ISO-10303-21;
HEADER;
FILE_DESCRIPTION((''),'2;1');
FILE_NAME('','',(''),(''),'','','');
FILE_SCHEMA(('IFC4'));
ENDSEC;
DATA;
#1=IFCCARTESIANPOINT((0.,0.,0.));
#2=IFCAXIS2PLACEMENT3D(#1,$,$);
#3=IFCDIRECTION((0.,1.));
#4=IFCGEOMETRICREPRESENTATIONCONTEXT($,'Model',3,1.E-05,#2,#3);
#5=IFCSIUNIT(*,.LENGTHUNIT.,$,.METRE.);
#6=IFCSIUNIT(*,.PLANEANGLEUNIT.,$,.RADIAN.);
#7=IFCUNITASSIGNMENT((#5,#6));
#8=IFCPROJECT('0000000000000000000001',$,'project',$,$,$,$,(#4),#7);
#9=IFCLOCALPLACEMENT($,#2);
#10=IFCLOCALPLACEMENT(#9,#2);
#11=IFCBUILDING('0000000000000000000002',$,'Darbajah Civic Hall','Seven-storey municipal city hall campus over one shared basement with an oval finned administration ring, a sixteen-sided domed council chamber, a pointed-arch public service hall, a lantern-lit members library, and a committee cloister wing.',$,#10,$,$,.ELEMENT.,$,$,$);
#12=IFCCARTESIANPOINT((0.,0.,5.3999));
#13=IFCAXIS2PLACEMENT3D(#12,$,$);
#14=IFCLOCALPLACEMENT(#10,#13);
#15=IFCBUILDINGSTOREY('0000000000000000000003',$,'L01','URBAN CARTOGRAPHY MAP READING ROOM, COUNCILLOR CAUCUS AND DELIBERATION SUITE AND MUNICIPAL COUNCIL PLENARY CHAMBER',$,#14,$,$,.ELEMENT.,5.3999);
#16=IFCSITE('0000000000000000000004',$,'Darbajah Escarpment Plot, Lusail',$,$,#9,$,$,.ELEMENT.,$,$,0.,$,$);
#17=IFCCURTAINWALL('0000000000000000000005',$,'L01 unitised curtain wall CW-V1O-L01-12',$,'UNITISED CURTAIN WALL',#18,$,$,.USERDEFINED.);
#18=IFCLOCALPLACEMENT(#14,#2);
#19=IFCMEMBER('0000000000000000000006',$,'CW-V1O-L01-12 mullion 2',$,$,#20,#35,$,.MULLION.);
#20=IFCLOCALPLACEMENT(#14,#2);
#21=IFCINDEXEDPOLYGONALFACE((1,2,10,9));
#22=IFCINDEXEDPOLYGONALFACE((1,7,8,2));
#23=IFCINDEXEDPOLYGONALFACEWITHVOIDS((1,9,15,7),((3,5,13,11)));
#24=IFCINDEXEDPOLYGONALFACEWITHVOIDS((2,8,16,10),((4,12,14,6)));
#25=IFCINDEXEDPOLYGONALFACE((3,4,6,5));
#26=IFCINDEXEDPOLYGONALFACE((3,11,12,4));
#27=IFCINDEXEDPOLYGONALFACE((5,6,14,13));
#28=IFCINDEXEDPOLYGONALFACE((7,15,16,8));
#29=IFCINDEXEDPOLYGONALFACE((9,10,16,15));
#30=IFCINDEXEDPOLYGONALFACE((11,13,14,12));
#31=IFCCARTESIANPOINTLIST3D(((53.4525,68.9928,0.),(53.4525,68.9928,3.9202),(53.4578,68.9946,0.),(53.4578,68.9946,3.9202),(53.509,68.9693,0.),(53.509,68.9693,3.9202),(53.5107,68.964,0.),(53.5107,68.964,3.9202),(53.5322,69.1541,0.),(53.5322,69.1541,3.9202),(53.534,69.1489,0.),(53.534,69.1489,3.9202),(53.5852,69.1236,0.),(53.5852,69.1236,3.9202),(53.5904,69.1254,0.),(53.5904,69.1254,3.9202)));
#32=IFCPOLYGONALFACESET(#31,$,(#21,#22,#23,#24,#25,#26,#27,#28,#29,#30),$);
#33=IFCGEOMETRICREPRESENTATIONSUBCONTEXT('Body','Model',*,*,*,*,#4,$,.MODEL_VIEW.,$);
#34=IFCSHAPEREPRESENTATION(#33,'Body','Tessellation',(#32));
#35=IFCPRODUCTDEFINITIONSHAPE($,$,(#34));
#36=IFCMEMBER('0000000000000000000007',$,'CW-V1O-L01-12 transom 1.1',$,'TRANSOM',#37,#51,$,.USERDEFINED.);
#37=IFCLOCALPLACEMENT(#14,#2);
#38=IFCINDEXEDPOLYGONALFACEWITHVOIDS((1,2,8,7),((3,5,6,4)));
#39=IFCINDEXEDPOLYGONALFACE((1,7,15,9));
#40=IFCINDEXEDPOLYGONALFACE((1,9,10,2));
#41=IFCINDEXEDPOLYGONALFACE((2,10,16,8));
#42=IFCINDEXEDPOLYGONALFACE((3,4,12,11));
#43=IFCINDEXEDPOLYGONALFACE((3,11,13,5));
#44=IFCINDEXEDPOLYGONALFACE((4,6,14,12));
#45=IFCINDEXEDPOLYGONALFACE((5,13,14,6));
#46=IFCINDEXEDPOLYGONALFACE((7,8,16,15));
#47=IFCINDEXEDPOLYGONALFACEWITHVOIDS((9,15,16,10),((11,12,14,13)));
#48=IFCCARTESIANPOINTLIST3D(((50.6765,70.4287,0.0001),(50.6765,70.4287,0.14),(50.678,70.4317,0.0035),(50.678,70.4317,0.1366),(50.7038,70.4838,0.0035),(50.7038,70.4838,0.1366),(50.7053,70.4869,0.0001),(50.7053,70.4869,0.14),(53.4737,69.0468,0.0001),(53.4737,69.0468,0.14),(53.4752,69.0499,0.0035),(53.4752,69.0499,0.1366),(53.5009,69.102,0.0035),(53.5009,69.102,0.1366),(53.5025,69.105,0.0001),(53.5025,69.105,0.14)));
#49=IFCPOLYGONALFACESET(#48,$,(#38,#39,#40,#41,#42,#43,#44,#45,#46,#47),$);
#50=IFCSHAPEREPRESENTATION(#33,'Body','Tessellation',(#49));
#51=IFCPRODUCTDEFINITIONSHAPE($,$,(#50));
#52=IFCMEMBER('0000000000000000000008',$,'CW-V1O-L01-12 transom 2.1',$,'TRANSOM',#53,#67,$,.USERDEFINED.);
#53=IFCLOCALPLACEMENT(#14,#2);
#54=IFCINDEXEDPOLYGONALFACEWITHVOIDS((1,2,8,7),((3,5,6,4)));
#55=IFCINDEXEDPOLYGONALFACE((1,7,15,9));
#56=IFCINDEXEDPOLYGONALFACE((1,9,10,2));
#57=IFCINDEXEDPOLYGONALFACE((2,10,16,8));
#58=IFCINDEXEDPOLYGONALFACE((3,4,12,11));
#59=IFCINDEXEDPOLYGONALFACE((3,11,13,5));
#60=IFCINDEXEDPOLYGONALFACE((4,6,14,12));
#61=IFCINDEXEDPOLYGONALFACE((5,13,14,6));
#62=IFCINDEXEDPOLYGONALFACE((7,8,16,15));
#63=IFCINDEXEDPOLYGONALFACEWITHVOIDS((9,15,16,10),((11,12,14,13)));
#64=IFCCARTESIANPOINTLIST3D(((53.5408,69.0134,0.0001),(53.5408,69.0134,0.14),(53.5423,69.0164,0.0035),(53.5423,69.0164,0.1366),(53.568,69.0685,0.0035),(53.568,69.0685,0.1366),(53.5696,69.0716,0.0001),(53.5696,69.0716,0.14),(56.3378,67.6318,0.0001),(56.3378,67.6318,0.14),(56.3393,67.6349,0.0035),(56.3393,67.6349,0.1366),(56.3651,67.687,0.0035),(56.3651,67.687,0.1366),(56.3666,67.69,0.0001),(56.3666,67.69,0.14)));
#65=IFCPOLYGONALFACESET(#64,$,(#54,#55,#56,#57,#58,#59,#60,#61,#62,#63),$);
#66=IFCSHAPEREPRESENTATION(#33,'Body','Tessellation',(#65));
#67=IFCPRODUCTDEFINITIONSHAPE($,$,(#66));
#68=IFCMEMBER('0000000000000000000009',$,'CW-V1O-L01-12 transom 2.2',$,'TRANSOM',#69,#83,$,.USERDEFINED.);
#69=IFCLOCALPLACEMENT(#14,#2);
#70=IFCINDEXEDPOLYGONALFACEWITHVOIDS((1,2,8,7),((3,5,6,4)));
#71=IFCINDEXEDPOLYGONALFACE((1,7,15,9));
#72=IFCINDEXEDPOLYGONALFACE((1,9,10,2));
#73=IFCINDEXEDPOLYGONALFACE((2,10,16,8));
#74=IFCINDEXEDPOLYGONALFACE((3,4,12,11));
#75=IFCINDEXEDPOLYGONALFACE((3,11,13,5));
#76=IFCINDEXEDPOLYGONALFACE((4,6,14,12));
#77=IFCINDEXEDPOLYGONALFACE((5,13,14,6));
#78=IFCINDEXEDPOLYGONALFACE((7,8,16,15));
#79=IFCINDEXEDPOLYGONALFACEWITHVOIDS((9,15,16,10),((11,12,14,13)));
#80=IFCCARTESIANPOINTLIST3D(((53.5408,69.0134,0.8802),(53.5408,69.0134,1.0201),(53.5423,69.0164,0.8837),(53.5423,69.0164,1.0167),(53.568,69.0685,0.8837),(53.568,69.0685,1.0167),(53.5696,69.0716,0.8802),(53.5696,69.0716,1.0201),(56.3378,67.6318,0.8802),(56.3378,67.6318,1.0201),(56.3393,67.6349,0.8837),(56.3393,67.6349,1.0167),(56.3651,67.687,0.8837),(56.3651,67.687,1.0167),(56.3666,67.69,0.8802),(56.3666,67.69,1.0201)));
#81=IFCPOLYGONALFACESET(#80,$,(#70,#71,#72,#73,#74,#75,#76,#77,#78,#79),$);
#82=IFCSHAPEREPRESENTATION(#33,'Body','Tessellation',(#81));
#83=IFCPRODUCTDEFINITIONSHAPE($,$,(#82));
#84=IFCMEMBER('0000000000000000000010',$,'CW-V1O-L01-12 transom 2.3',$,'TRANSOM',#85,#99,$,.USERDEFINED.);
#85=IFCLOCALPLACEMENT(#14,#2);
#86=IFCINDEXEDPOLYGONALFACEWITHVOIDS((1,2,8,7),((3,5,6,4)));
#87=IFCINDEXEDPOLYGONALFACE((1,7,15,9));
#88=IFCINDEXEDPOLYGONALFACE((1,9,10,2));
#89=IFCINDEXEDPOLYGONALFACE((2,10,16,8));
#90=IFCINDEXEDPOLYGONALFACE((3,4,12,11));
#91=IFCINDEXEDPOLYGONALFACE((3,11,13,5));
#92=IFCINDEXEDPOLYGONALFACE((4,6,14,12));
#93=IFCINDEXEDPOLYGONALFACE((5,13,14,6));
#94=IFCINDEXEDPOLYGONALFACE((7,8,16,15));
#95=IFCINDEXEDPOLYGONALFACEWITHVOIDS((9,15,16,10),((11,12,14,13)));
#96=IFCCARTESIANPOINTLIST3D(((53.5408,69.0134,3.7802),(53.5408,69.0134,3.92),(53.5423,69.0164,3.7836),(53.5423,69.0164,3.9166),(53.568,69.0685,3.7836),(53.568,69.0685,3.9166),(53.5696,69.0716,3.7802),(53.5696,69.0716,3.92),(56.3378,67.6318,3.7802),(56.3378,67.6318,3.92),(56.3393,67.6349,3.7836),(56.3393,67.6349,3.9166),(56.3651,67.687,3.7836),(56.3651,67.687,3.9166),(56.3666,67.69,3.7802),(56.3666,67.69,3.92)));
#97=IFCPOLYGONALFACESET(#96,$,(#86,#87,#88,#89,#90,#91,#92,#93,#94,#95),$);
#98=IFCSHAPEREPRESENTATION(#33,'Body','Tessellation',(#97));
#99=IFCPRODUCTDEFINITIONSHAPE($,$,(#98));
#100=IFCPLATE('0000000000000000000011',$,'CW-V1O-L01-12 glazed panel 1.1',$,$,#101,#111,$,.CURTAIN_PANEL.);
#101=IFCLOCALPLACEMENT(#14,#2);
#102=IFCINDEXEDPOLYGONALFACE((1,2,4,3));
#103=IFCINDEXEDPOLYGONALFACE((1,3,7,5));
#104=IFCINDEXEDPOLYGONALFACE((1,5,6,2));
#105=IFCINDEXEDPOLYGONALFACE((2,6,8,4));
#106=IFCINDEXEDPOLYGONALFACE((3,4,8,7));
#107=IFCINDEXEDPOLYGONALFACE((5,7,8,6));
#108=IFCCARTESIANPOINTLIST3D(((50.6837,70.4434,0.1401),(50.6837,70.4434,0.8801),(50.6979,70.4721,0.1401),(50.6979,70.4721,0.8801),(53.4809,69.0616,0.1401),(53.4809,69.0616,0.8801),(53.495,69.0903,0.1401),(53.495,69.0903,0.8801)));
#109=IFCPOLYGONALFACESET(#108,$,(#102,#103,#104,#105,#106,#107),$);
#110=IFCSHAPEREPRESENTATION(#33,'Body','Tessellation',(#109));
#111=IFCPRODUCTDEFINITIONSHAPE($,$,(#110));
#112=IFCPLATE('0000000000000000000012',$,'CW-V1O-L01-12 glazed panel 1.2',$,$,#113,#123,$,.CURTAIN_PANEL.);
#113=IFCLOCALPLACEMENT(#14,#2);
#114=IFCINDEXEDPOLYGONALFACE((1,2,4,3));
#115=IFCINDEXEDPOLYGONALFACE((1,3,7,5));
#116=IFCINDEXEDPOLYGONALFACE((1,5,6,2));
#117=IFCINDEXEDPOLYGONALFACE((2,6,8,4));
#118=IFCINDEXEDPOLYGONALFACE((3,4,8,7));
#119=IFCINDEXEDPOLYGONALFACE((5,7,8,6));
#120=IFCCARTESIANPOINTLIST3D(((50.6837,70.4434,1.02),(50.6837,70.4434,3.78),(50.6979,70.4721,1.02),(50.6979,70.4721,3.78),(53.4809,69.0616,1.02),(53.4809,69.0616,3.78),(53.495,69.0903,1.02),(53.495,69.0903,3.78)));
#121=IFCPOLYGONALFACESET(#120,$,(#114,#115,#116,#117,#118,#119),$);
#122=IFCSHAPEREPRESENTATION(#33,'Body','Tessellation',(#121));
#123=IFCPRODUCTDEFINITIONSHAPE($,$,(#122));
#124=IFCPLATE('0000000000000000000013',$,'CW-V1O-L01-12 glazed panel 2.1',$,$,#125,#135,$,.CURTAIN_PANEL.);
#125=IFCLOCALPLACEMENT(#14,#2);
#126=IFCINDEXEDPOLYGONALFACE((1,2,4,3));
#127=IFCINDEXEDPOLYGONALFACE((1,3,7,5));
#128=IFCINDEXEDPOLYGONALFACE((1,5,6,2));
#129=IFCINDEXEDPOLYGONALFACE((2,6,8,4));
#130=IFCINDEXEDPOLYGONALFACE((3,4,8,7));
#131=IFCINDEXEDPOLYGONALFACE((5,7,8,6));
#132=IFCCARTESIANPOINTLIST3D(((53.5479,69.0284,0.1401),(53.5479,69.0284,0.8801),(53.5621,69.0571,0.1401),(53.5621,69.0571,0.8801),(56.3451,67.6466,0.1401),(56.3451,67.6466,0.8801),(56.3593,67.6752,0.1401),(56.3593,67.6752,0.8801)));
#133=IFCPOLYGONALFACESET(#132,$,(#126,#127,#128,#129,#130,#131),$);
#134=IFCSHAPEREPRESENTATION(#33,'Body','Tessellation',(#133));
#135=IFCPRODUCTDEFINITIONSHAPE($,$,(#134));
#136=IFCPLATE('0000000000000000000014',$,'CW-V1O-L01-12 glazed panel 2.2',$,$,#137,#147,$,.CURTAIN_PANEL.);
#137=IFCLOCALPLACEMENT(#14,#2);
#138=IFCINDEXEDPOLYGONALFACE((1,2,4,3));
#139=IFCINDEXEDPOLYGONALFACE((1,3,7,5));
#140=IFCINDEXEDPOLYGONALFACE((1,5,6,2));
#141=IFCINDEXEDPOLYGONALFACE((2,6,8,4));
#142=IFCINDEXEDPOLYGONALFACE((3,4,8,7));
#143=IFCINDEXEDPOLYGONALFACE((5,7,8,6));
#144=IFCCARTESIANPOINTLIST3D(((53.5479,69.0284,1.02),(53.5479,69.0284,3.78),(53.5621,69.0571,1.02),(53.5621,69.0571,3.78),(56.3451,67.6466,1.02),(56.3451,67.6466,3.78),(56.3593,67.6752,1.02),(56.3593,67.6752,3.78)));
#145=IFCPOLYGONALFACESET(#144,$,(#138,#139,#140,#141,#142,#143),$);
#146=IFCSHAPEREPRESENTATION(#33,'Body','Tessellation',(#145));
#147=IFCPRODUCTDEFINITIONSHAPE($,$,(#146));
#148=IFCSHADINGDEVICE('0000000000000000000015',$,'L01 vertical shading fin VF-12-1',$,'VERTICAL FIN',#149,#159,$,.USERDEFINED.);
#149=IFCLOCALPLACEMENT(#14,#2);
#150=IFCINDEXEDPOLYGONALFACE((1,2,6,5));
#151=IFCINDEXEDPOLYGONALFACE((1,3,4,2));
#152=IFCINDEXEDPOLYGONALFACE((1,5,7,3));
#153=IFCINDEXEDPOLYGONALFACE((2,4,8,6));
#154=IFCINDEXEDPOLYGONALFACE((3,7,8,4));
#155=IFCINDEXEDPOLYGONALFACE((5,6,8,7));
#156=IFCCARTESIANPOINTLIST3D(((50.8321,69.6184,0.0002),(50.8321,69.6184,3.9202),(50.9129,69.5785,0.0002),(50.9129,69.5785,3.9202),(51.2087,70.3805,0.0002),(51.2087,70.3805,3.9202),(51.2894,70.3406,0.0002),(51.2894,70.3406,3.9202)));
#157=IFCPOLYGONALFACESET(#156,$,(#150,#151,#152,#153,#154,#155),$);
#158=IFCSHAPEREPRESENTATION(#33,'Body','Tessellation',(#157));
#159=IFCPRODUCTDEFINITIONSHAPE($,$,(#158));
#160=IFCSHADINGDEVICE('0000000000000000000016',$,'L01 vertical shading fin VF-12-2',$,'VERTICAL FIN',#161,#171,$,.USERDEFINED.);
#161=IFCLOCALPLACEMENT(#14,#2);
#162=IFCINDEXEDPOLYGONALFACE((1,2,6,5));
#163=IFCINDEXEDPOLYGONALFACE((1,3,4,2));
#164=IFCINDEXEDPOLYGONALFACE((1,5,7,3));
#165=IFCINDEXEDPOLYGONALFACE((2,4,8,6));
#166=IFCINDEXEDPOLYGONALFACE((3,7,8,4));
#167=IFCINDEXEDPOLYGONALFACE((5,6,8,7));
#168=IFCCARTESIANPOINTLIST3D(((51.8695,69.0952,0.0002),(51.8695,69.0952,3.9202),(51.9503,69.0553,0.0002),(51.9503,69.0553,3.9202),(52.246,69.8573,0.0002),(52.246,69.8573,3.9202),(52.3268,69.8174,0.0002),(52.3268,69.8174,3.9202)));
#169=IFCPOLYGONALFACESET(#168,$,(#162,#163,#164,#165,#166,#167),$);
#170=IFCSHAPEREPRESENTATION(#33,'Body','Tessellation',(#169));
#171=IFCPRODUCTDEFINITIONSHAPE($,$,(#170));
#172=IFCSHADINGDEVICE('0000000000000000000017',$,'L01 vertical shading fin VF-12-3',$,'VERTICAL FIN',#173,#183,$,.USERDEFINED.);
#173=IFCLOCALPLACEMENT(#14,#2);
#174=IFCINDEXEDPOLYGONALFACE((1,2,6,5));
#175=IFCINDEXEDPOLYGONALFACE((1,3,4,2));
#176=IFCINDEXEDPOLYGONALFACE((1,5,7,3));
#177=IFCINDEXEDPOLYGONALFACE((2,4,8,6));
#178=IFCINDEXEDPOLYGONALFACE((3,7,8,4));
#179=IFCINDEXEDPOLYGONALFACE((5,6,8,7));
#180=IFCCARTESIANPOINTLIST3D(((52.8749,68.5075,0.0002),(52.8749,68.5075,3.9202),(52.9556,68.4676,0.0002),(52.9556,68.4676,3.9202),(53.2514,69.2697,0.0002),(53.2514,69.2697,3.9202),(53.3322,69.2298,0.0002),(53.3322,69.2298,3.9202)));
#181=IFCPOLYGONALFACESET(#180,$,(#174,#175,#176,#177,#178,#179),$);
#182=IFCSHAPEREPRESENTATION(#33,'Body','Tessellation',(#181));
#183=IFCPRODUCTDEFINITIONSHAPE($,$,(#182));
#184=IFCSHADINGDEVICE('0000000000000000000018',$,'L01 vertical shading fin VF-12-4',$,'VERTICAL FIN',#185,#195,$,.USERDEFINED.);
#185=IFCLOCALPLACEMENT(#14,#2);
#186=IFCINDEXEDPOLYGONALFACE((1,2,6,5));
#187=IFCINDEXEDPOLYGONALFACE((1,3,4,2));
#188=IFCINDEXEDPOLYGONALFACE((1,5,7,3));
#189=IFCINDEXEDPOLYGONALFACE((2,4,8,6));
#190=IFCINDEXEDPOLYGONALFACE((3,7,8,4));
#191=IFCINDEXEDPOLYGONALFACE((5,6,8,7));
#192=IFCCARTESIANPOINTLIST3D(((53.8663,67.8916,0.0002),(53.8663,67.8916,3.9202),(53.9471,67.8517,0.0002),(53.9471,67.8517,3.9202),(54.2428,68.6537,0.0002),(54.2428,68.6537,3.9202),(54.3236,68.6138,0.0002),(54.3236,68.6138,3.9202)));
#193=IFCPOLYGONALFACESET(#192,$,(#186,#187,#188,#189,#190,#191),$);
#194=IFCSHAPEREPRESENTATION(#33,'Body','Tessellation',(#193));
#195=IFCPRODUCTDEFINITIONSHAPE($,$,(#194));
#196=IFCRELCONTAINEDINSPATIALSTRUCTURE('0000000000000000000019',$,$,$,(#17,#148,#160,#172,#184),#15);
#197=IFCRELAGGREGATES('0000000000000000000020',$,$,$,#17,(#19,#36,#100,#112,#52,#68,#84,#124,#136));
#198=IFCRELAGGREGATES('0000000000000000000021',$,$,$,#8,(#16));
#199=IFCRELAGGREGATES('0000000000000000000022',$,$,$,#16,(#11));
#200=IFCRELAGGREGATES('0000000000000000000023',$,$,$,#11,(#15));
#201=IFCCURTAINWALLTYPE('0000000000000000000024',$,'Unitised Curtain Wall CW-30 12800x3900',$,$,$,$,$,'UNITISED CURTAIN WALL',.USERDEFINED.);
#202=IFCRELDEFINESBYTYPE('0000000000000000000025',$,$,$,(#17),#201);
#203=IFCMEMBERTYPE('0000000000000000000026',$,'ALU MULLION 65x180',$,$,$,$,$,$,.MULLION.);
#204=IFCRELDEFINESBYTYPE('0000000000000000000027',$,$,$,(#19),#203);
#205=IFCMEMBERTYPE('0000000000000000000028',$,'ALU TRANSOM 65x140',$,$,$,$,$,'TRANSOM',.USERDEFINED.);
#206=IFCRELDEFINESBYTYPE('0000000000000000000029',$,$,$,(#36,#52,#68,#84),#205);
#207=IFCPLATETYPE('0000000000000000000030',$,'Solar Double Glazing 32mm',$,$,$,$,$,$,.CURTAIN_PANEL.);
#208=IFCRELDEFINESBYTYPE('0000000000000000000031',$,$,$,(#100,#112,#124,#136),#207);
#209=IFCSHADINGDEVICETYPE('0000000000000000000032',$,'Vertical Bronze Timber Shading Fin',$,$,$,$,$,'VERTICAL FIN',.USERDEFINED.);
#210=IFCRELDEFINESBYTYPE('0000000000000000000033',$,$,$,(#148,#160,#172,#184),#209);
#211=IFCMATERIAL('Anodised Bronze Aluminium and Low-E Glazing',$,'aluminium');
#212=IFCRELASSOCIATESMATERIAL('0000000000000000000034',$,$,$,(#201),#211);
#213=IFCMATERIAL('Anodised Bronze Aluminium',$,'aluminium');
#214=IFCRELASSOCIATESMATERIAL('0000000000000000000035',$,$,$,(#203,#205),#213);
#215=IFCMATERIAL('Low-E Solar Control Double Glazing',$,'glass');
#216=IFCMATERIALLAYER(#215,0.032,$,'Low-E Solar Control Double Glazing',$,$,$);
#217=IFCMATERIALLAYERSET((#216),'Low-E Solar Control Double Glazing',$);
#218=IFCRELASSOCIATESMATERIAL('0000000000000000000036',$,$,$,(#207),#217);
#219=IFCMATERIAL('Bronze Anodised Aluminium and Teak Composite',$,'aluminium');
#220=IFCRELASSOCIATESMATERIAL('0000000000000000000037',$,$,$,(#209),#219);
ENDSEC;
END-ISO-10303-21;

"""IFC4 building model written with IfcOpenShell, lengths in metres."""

from ifc_helpers import new_model, si_unit, direction, frame, origin, origin_2d, place, context, subcontext, project, spatial, rectangle, hollow_rectangle, extrude, material, layer, layer_set, material_profile, profile_set, type_object, element, aggregate, save


model = new_model("IFC4")

# Units and contexts
model_context = context("Model", 3, precision=1e-05, world=origin(), true_north=direction((0.0, 1.0)))
body_context = subcontext(model_context, "Body", "Model", "MODEL_VIEW")
ifc_project = project(units=[si_unit("LENGTHUNIT", "METRE"), si_unit("PLANEANGLEUNIT", "RADIAN")], contexts=[model_context])

# Site, building, storey
site_placement = place(None, origin())
site = spatial("IfcSite", under=ifc_project, at=site_placement, Name="Darbajah Escarpment Plot, Lusail", CompositionType="ELEMENT", RefElevation=0.0)
building_placement = place(site_placement, origin())
building = spatial("IfcBuilding", under=site, at=building_placement, Name="Darbajah Civic Hall", Description="Seven-storey municipal city hall campus over one shared basement with an oval finned administration ring, a sixteen-sided domed council chamber, a pointed-arch public service hall, a lantern-lit members library, and a committee cloister wing.", CompositionType="ELEMENT")
storey_placement = place(building_placement, frame((0.0, 0.0, 5.3999)))
storey = spatial("IfcBuildingStorey", under=building, at=storey_placement, Name="L01", Description="URBAN CARTOGRAPHY MAP READING ROOM, COUNCILLOR CAUCUS AND DELIBERATION SUITE AND MUNICIPAL COUNCIL PLENARY CHAMBER", CompositionType="ELEMENT", Elevation=5.3999)

# Curtain wall, members, plates
ifc_material_1 = material(Name="Anodised Bronze Aluminium and Low-E Glazing", Category="aluminium")
curtain_wall_type = type_object("IfcCurtainWallType", Name="Unitised Curtain Wall CW-30 12800x3900", ElementType="UNITISED CURTAIN WALL", PredefinedType="USERDEFINED", material=ifc_material_1)
curtain_wall_placement = place(storey_placement, origin())
curtain_wall = element("IfcCurtainWall", 1, at=curtain_wall_placement, inside=storey, type_object=curtain_wall_type, Name="L01 unitised curtain wall CW-V1O-L01-12", ObjectType="UNITISED CURTAIN WALL", PredefinedType="USERDEFINED")
ifc_material_2 = material(Name="Anodised Bronze Aluminium", Category="aluminium")
ifc_material_profile_1 = material_profile(ifc_material_2, hollow_rectangle(XDim=0.0649, YDim=0.1799, WallThickness=0.0039, at=origin_2d()), Name="ALU MULLION 65x180")
ifc_profile_set_1 = profile_set([ifc_material_profile_1], Name="Anodised Bronze Aluminium")
member_type_1 = type_object("IfcMemberType", Name="ALU MULLION 65x180", PredefinedType="MULLION", material=ifc_profile_set_1)
member_1_placement = place(storey_placement, frame((53.5215, 69.0591, 0.0), z_axis=(0.0, 0.0, 1.0), x_axis=(0.896564, -0.442915, 0.0)))
member_1 = element("IfcMember", 2, at=member_1_placement, type_object=member_type_1, Name="CW-V1O-L01-12 mullion 2", PredefinedType="MULLION", context=body_context, shape_type="SweptSolid", body=[
    extrude(hollow_rectangle(XDim=0.0649, YDim=0.1799, WallThickness=0.0039, at=origin_2d()), origin(), (0.0, 0.0, 1.0), 3.9202),
])
ifc_material_profile_2 = material_profile(ifc_material_2, hollow_rectangle(XDim=0.0649, YDim=0.1399, WallThickness=0.0034, at=origin_2d()), Name="ALU TRANSOM 65x140")
ifc_profile_set_2 = profile_set([ifc_material_profile_2], Name="Anodised Bronze Aluminium")
member_type_2 = type_object("IfcMemberType", Name="ALU TRANSOM 65x140", ElementType="TRANSOM", PredefinedType="USERDEFINED", material=ifc_profile_set_2)
member_2_placement = place(storey_placement, frame((50.6909, 70.4578, 0.0701), z_axis=(0.896561, -0.44292, 0.0), x_axis=(0.44292, 0.896561, 0.0)))
member_2 = element("IfcMember", 3, at=member_2_placement, type_object=member_type_2, Name="CW-V1O-L01-12 transom 1.1", ObjectType="TRANSOM", PredefinedType="USERDEFINED", context=body_context, shape_type="SweptSolid", body=[
    extrude(hollow_rectangle(XDim=0.0649, YDim=0.1399, WallThickness=0.0034, at=origin_2d()), origin(), (0.0, 0.0, 1.0), 3.1199),
])
member_3_placement = place(storey_placement, frame((53.5552, 69.0425, 0.0701), z_axis=(0.896592, -0.442857, 0.0), x_axis=(0.442857, 0.896592, 0.0)))
member_3 = element("IfcMember", 4, at=member_3_placement, type_object=member_type_2, Name="CW-V1O-L01-12 transom 2.1", ObjectType="TRANSOM", PredefinedType="USERDEFINED", context=body_context, shape_type="SweptSolid", body=[
    extrude(hollow_rectangle(XDim=0.0649, YDim=0.1399, WallThickness=0.0034, at=origin_2d()), origin(), (0.0, 0.0, 1.0), 3.1196),
])
member_4_placement = place(storey_placement, frame((53.5552, 69.0425, 0.9502), z_axis=(0.896592, -0.442857, 0.0), x_axis=(0.442857, 0.896592, 0.0)))
member_4 = element("IfcMember", 5, at=member_4_placement, type_object=member_type_2, Name="CW-V1O-L01-12 transom 2.2", ObjectType="TRANSOM", PredefinedType="USERDEFINED", context=body_context, shape_type="SweptSolid", body=[
    extrude(hollow_rectangle(XDim=0.0649, YDim=0.1399, WallThickness=0.0034, at=origin_2d()), origin(), (0.0, 0.0, 1.0), 3.1196),
])
member_5_placement = place(storey_placement, frame((53.5552, 69.0425, 3.8501), z_axis=(0.896592, -0.442857, 0.0), x_axis=(0.442857, 0.896592, 0.0)))
member_5 = element("IfcMember", 6, at=member_5_placement, type_object=member_type_2, Name="CW-V1O-L01-12 transom 2.3", ObjectType="TRANSOM", PredefinedType="USERDEFINED", context=body_context, shape_type="SweptSolid", body=[
    extrude(hollow_rectangle(XDim=0.0649, YDim=0.1399, WallThickness=0.0034, at=origin_2d()), origin(), (0.0, 0.0, 1.0), 3.1196),
])
ifc_material_3 = material(Name="Low-E Solar Control Double Glazing", Category="glass")
ifc_layer = layer(ifc_material_3, 0.032, Name="Low-E Solar Control Double Glazing")
ifc_layer_set = layer_set([ifc_layer], Name="Low-E Solar Control Double Glazing")
plate_type = type_object("IfcPlateType", Name="Solar Double Glazing 32mm", PredefinedType="CURTAIN_PANEL", material=ifc_layer_set)
plate_1_placement = place(storey_placement, frame((52.0894, 69.7668, 0.1401), z_axis=(0.0, 0.0, 1.0), x_axis=(0.896564, -0.442915, 0.0)))
plate_1 = element("IfcPlate", 7, at=plate_1_placement, type_object=plate_type, Name="CW-V1O-L01-12 glazed panel 1.1", PredefinedType="CURTAIN_PANEL", context=body_context, shape_type="SweptSolid", body=[
    extrude(rectangle(XDim=3.1199, YDim=0.032, at=origin_2d()), origin(), (0.0, 0.0, 1.0), 0.74),
])
plate_2_placement = place(storey_placement, frame((52.0894, 69.7668, 1.02), z_axis=(0.0, 0.0, 1.0), x_axis=(0.896564, -0.442915, 0.0)))
plate_2 = element("IfcPlate", 8, at=plate_2_placement, type_object=plate_type, Name="CW-V1O-L01-12 glazed panel 1.2", PredefinedType="CURTAIN_PANEL", context=body_context, shape_type="SweptSolid", body=[
    extrude(rectangle(XDim=3.1199, YDim=0.032, at=origin_2d()), origin(), (0.0, 0.0, 1.0), 2.76),
])
plate_3_placement = place(storey_placement, frame((54.9536, 68.3518, 0.1401), z_axis=(0.0, 0.0, 1.0), x_axis=(0.896564, -0.442915, 0.0)))
plate_3 = element("IfcPlate", 9, at=plate_3_placement, type_object=plate_type, Name="CW-V1O-L01-12 glazed panel 2.1", PredefinedType="CURTAIN_PANEL", context=body_context, shape_type="SweptSolid", body=[
    extrude(rectangle(XDim=3.1199, YDim=0.032, at=origin_2d()), origin(), (0.0, 0.0, 1.0), 0.74),
])
plate_4_placement = place(storey_placement, frame((54.9536, 68.3518, 1.02), z_axis=(0.0, 0.0, 1.0), x_axis=(0.896564, -0.442915, 0.0)))
plate_4 = element("IfcPlate", 10, at=plate_4_placement, type_object=plate_type, Name="CW-V1O-L01-12 glazed panel 2.2", PredefinedType="CURTAIN_PANEL", context=body_context, shape_type="SweptSolid", body=[
    extrude(rectangle(XDim=3.1199, YDim=0.032, at=origin_2d()), origin(), (0.0, 0.0, 1.0), 2.76),
])
aggregate(curtain_wall, [member_1, member_2, plate_1, plate_2, member_3, member_4, member_5, plate_3, plate_4])

# Shading devices
ifc_material_4 = material(Name="Bronze Anodised Aluminium and Teak Composite", Category="aluminium")
shading_device_type = type_object("IfcShadingDeviceType", Name="Vertical Bronze Timber Shading Fin", ElementType="VERTICAL FIN", PredefinedType="USERDEFINED", material=ifc_material_4)
for number, where, z_axis, x_axis, name in (
    (11, (51.0608, 69.9795, 0.0002), (0.0, 0.0, 1.0), (-0.442915, -0.896564, 0.0), "L01 vertical shading fin VF-12-1"),
    (12, (52.0981, 69.4563, 0.0002), (0.0, 0.0, 1.0), (-0.442915, -0.896564, 0.0), "L01 vertical shading fin VF-12-2"),
    (13, (53.1035, 68.8687, 0.0002), (0.0, 0.0, 1.0), (-0.442915, -0.896564, 0.0), "L01 vertical shading fin VF-12-3"),
    (14, (54.095, 68.2527, 0.0002), (0.0, 0.0, 1.0), (-0.442915, -0.896564, 0.0), "L01 vertical shading fin VF-12-4"),
):
    element("IfcShadingDevice", number, at=place(storey_placement, frame(where, z_axis=z_axis, x_axis=x_axis)), inside=storey, type_object=shading_device_type, Name=name, ObjectType="VERTICAL FIN", PredefinedType="USERDEFINED", context=body_context, shape_type="SweptSolid", body=[
        extrude(rectangle(XDim=0.8501, YDim=0.0901, at=origin_2d()), origin(), (0.0, 0.0, 1.0), 3.9199),
    ])

save(model, "model.ifc")
